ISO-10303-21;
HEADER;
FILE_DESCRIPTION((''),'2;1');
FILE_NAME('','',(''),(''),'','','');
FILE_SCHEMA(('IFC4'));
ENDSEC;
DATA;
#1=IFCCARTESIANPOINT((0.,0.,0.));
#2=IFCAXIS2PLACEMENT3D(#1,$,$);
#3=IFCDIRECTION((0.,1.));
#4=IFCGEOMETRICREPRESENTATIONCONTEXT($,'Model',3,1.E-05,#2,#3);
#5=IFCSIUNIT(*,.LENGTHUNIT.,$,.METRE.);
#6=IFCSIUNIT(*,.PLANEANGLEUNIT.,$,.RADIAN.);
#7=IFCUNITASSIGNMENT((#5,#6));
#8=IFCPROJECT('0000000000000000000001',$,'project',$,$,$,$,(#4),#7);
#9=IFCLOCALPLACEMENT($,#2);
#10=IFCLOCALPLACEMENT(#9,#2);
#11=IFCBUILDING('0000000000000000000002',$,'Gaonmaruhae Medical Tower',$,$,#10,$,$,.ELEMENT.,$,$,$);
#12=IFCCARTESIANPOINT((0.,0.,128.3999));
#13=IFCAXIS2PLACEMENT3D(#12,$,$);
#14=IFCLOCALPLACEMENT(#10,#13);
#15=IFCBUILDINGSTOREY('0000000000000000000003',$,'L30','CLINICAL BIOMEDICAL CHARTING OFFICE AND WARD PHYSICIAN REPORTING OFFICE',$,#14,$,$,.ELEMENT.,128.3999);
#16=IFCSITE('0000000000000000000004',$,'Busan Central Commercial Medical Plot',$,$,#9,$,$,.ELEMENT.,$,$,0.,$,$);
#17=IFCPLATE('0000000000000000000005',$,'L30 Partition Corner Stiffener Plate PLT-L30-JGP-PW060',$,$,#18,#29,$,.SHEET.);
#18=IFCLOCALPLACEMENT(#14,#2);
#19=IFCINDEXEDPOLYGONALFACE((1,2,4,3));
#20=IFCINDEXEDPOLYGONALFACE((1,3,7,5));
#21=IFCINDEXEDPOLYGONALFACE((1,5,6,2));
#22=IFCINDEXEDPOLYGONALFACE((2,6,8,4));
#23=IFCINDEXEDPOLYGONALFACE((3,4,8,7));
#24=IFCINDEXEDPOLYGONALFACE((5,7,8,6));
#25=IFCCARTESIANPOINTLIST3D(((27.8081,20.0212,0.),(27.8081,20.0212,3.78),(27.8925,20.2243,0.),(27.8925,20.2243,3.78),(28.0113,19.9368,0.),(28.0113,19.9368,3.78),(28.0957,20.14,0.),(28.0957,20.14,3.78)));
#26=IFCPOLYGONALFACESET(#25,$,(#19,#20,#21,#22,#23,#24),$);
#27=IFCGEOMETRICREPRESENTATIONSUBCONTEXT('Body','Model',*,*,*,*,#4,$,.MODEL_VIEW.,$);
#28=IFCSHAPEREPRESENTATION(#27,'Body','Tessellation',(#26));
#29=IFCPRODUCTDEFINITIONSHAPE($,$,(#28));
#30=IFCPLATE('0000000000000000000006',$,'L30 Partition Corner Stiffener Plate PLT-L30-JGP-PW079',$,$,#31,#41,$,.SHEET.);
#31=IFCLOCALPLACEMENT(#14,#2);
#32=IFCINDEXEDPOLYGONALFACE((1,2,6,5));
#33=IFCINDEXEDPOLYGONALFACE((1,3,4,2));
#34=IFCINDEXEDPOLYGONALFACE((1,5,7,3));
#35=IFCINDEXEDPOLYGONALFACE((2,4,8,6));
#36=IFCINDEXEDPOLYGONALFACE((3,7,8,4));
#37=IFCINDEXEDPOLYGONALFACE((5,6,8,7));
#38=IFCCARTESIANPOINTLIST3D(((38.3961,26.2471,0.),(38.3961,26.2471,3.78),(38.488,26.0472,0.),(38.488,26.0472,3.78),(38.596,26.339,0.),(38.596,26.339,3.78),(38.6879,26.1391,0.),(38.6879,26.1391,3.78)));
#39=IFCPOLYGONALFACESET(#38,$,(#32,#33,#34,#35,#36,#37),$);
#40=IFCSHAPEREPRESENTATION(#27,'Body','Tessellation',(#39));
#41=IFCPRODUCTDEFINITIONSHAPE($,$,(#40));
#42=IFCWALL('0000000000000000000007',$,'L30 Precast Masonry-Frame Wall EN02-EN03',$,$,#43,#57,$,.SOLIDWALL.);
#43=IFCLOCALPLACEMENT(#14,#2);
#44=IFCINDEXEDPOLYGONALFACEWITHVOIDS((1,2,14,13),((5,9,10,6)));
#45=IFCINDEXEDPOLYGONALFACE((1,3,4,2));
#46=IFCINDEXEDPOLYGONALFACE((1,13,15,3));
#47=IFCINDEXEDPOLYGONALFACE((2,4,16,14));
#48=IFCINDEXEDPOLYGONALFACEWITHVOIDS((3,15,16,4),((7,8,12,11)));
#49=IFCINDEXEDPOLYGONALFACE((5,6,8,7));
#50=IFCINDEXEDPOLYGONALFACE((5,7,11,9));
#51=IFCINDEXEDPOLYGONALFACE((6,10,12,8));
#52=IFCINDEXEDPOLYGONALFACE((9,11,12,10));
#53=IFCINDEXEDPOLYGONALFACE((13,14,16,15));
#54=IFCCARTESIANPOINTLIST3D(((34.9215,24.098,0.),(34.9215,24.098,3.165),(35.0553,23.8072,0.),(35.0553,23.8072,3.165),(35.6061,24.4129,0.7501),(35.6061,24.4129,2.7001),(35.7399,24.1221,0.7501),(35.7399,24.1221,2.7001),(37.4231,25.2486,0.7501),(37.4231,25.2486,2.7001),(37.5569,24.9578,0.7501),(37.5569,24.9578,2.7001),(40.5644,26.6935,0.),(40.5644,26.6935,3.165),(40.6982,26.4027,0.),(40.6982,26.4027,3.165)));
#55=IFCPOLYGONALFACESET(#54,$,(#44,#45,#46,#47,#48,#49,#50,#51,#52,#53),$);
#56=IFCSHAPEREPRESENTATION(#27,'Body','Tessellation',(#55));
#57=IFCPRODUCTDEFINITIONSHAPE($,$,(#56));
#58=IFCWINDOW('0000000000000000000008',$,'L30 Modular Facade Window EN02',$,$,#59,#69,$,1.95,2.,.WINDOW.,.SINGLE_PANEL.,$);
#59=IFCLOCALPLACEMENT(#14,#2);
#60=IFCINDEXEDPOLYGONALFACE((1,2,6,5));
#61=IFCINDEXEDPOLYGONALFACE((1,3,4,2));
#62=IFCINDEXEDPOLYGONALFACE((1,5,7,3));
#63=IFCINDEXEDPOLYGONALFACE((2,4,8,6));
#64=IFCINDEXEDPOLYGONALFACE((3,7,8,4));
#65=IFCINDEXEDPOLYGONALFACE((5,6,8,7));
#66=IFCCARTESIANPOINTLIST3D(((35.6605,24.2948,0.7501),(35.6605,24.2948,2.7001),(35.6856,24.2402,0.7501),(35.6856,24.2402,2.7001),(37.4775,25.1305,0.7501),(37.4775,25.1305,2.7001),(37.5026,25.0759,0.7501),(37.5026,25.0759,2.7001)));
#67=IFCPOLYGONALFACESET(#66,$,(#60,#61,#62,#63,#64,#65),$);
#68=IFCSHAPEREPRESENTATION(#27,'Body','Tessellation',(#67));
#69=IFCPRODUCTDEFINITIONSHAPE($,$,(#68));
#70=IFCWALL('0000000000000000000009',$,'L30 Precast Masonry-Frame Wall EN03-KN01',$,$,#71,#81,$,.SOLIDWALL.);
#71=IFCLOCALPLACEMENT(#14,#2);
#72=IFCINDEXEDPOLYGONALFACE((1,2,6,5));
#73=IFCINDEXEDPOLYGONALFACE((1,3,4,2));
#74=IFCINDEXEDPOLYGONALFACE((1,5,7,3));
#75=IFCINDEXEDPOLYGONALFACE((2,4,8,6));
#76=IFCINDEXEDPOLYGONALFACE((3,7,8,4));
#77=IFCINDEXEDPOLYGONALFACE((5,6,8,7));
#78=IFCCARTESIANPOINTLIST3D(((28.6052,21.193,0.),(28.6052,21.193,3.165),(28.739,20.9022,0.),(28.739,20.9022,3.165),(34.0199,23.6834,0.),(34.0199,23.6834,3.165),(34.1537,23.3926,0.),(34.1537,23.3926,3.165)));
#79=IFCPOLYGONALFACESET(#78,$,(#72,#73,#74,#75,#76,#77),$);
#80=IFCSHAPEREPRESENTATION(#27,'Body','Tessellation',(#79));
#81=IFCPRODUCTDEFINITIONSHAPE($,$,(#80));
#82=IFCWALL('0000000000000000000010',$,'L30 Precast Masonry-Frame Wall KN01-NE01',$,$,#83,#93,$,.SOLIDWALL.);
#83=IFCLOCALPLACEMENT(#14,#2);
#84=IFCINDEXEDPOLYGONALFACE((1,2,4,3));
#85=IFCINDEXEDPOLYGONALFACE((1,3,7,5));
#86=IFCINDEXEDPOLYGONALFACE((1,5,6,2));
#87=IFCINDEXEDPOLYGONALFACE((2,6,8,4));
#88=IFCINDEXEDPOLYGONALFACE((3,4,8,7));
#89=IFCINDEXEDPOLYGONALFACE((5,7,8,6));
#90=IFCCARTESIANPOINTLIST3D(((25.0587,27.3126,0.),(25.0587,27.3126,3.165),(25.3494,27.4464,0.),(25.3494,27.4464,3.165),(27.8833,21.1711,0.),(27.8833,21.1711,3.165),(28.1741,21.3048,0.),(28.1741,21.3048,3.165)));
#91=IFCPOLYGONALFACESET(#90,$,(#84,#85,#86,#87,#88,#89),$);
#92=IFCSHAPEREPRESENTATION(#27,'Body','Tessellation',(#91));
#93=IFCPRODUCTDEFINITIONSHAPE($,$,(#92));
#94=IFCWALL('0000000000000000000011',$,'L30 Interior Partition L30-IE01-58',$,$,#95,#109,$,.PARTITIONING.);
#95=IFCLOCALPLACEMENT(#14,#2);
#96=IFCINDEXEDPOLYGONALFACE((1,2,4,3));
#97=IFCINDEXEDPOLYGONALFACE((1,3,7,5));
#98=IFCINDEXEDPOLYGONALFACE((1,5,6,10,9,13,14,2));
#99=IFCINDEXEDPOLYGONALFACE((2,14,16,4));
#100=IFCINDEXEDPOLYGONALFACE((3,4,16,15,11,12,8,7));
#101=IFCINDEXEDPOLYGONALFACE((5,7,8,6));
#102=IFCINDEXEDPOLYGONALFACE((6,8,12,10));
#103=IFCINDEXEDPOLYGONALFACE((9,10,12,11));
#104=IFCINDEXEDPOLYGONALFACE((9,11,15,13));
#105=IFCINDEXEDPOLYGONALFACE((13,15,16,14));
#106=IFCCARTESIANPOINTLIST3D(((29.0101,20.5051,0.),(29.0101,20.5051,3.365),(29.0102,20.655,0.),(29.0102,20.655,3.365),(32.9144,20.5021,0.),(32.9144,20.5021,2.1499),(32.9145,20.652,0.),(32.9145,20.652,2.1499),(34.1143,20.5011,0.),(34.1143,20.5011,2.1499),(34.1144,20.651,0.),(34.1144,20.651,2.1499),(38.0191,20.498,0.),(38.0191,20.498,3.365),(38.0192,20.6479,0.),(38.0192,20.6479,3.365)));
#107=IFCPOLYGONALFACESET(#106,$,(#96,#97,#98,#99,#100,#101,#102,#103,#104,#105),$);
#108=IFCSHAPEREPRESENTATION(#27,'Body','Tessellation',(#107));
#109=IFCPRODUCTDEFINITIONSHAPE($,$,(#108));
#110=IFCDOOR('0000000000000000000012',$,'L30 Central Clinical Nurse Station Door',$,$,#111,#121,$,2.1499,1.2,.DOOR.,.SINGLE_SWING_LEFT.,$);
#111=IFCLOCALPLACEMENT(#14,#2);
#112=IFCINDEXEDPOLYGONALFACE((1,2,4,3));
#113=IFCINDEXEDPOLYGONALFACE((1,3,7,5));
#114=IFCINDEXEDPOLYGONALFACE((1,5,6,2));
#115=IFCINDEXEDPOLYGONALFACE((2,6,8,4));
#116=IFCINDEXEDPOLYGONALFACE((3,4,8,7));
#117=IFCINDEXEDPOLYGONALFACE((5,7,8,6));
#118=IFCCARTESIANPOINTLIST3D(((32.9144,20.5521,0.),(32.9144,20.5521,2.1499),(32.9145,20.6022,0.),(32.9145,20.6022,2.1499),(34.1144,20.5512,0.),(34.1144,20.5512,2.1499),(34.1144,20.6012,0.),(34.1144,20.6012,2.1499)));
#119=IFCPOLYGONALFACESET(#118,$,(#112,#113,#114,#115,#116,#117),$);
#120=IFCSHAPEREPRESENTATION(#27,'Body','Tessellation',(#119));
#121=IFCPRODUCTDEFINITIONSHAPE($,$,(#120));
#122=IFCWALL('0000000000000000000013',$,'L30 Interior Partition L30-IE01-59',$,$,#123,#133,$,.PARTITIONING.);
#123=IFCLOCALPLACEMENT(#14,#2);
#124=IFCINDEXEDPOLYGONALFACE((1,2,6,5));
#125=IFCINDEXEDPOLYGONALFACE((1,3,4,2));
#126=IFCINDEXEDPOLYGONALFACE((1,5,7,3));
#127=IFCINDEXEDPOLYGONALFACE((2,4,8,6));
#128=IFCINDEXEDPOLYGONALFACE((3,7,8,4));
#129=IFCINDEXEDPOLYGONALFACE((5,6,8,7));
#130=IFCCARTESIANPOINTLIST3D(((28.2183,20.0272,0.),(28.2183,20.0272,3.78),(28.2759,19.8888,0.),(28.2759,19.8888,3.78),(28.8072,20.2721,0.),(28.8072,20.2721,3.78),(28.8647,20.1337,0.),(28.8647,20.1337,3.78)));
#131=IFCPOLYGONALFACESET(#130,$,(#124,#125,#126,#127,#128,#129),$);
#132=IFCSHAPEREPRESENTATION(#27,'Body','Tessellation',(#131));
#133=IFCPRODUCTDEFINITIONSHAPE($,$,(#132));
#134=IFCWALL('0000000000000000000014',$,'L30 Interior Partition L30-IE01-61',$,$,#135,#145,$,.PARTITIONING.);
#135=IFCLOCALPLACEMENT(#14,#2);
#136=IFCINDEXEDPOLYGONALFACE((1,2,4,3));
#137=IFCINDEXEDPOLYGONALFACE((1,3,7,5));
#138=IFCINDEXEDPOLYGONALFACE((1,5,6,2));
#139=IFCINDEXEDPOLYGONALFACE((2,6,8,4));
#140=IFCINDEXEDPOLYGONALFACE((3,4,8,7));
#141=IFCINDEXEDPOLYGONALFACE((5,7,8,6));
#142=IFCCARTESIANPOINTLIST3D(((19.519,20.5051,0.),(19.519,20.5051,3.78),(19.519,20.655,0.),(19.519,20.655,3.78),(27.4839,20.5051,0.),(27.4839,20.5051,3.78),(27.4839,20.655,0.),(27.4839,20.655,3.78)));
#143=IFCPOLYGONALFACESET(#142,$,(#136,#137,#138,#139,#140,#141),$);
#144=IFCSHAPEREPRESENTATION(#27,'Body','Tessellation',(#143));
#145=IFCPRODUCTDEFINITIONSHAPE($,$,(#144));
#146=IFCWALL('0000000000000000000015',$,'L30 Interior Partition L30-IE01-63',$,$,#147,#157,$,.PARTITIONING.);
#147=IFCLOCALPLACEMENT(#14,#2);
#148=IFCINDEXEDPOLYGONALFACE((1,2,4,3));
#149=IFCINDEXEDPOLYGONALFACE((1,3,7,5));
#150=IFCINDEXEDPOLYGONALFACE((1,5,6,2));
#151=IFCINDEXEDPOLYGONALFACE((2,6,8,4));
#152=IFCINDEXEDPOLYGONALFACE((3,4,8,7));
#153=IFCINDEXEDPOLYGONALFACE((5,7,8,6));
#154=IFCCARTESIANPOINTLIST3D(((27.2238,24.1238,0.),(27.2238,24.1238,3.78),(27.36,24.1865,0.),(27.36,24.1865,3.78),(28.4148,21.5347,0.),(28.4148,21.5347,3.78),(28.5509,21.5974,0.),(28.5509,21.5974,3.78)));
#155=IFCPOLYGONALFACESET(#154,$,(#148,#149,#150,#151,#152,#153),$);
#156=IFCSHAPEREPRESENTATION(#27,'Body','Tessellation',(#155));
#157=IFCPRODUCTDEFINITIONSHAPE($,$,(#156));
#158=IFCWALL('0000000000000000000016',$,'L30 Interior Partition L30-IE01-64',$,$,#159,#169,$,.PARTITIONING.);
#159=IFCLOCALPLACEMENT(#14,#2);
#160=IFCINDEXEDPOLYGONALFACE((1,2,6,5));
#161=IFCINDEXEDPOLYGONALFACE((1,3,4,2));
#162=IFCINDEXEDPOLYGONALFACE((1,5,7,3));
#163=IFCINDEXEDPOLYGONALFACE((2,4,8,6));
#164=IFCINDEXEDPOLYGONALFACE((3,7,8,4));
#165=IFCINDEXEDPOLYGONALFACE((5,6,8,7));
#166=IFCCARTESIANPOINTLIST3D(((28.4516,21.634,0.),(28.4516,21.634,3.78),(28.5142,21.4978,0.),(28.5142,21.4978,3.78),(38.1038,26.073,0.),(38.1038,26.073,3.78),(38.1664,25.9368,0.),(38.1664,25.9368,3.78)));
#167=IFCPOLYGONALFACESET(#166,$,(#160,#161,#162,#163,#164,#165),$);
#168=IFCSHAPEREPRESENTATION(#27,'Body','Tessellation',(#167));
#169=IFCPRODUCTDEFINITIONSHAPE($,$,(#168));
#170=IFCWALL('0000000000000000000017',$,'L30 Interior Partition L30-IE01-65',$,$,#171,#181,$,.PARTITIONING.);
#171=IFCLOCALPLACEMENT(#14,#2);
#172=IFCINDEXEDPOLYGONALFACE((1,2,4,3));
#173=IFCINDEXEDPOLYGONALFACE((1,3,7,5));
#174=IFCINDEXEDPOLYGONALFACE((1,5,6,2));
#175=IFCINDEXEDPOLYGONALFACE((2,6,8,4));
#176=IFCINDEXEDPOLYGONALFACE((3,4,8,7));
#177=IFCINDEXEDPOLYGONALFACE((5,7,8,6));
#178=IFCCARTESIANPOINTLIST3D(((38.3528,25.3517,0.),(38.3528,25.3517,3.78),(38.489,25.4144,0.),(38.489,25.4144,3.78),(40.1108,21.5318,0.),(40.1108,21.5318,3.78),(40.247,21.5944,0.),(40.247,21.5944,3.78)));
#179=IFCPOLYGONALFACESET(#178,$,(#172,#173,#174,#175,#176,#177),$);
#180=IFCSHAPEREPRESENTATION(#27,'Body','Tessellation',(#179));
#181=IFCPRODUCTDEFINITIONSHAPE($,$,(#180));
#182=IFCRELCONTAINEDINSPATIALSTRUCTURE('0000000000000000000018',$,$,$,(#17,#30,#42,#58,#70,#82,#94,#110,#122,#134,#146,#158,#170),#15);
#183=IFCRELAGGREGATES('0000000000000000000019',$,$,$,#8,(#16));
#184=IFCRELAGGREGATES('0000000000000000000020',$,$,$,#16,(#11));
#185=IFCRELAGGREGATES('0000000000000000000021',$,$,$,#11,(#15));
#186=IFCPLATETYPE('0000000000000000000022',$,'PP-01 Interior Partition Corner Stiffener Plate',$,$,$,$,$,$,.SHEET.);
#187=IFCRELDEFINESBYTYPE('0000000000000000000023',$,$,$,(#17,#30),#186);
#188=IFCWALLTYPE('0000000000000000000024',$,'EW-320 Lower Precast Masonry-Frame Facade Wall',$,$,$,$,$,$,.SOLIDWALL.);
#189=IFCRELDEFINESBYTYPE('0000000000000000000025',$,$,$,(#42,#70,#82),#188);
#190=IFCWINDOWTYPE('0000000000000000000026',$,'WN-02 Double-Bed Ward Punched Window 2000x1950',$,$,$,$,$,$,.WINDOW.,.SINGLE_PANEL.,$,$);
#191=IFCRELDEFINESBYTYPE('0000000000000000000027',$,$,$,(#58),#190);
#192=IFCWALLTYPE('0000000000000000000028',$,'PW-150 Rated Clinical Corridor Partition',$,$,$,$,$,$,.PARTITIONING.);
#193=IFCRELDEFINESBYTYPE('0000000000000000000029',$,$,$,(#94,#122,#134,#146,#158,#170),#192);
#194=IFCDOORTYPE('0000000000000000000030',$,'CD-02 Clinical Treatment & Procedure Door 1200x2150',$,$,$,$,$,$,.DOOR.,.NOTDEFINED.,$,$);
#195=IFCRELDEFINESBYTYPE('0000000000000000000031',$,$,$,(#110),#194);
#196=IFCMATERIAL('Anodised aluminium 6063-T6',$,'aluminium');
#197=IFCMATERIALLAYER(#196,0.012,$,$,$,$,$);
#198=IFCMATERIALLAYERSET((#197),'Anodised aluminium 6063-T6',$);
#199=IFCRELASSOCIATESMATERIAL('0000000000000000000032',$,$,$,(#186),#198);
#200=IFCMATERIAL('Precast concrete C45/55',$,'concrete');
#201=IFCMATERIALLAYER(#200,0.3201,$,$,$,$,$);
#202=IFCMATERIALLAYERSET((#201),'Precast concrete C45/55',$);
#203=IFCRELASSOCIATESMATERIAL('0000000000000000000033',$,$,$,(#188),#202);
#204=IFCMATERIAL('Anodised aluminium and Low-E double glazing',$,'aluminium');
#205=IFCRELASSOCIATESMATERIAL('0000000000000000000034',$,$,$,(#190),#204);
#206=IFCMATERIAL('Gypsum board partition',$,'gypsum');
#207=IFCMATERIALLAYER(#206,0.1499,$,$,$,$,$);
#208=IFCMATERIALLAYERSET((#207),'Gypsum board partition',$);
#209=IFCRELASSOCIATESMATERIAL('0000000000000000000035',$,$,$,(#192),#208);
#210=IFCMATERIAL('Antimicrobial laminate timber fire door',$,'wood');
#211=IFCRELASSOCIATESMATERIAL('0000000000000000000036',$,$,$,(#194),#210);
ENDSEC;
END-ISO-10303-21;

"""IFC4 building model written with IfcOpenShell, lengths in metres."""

from ifc_helpers import new_model, si_unit, direction, frame, frame_2d, origin, origin_2d, place, context, subcontext, project, spatial, rectangle, extrude, material, layer, layer_set, type_object, element, fill, save


model = new_model("IFC4")

# Units and contexts
model_context = context("Model", 3, precision=1e-05, world=origin(), true_north=direction((0.0, 1.0)))
body_context = subcontext(model_context, "Body", "Model", "MODEL_VIEW")
ifc_project = project(units=[si_unit("LENGTHUNIT", "METRE"), si_unit("PLANEANGLEUNIT", "RADIAN")], contexts=[model_context])

# Site, building, storey
site_placement = place(None, origin())
site = spatial("IfcSite", under=ifc_project, at=site_placement, Name="Busan Central Commercial Medical Plot", CompositionType="ELEMENT", RefElevation=0.0)
building_placement = place(site_placement, origin())
building = spatial("IfcBuilding", under=site, at=building_placement, Name="Gaonmaruhae Medical Tower", CompositionType="ELEMENT")
storey_placement = place(building_placement, frame((0.0, 0.0, 128.3999)))
storey = spatial("IfcBuildingStorey", under=building, at=storey_placement, Name="L30", Description="CLINICAL BIOMEDICAL CHARTING OFFICE AND WARD PHYSICIAN REPORTING OFFICE", CompositionType="ELEMENT", Elevation=128.3999)

# Plates
ifc_material_1 = material(Name="Anodised aluminium 6063-T6", Category="aluminium")
ifc_layer_1 = layer(ifc_material_1, 0.012)
ifc_layer_set_1 = layer_set([ifc_layer_1], Name="Anodised aluminium 6063-T6")
plate_type = type_object("IfcPlateType", Name="PP-01 Interior Partition Corner Stiffener Plate", PredefinedType="SHEET", material=ifc_layer_set_1)
for number, where, z_axis, x_axis, name in (
    (1, (27.9519, 20.0806, 0.0), (0.0, 0.0, 1.0), (-0.923539, 0.383506, 0.0), "L30 Partition Corner Stiffener Plate PLT-L30-JGP-PW060"),
    (2, (38.542, 26.1931, 0.0), (0.0, 0.0, 1.0), (0.908581, 0.417709, 0.0), "L30 Partition Corner Stiffener Plate PLT-L30-JGP-PW079"),
):
    element("IfcPlate", number, at=place(storey_placement, frame(where, z_axis=z_axis, x_axis=x_axis)), inside=storey, type_object=plate_type, Name=name, PredefinedType="SHEET", context=body_context, shape_type="SweptSolid", body=[
        extrude(rectangle(XDim=0.22, YDim=0.22, at=origin_2d()), origin(), (0.0, 0.0, 1.0), 3.78),
    ])

# Wall, opening, window
ifc_material_2 = material(Name="Precast concrete C45/55", Category="concrete")
ifc_layer_2 = layer(ifc_material_2, 0.3201)
ifc_layer_set_2 = layer_set([ifc_layer_2], Name="Precast concrete C45/55")
wall_type_1 = type_object("IfcWallType", Name="EW-320 Lower Precast Masonry-Frame Facade Wall", PredefinedType="SOLIDWALL", material=ifc_layer_set_2)
wall_1_placement = place(storey_placement, frame((34.9885, 23.9526, 0.0), z_axis=(0.0, 0.0, 1.0), x_axis=(0.908505, 0.417874, 0.0)))
wall_1 = element("IfcWall", 3, at=wall_1_placement, inside=storey, type_object=wall_type_1, Name="L30 Precast Masonry-Frame Wall EN02-EN03", PredefinedType="SOLIDWALL", context=body_context, shape_type="SweptSolid", body=[
    extrude(rectangle(XDim=6.2112, YDim=0.3201, at=frame_2d((3.1055, 0.0))), origin(), (0.0, 0.0, 1.0), 3.165),
])
opening_1_placement = place(wall_1_placement, frame((0.7534, 0.0, 0.75)))
opening_1 = element("IfcOpeningElement", 4, at=opening_1_placement, cuts=wall_1, PredefinedType="OPENING", context=body_context, shape_type="SweptSolid", body=[
    extrude(rectangle(XDim=2.0, YDim=1.95, at=frame_2d((1.0, 0.9751))), frame((0.0, 0.1699, 0.0), z_axis=(0.0, -1.0, 0.0), x_axis=(1.0, 0.0, 0.0)), (0.0, 0.0, 1.0), 0.3401),
])
ifc_material_3 = material(Name="Anodised aluminium and Low-E double glazing", Category="aluminium")
window_type = type_object("IfcWindowType", Name="WN-02 Double-Bed Ward Punched Window 2000x1950", PartitioningType="SINGLE_PANEL", PredefinedType="WINDOW", material=ifc_material_3)
window_placement = place(opening_1_placement, origin())
window = element("IfcWindow", 5, at=window_placement, inside=storey, type_object=window_type, Name="L30 Modular Facade Window EN02", OverallHeight=1.95, OverallWidth=2.0, PartitioningType="SINGLE_PANEL", PredefinedType="WINDOW", context=body_context, shape_type="SweptSolid", body=[
    extrude(rectangle(XDim=2.0, YDim=1.95, at=frame_2d((1.0, 0.9751))), frame((0.0, 0.03, 0.0), z_axis=(0.0, -1.0, 0.0), x_axis=(1.0, 0.0, 0.0)), (0.0, 0.0, 1.0), 0.0601),
])
fill(opening_1, window)

# Walls
wall_2_placement = place(storey_placement, frame((28.6721, 21.0476, 0.0), z_axis=(0.0, 0.0, 1.0), x_axis=(0.908511, 0.41786, 0.0)))
element("IfcWall", 6, at=wall_2_placement, inside=storey, type_object=wall_type_1, Name="L30 Precast Masonry-Frame Wall EN03-KN01", PredefinedType="SOLIDWALL", context=body_context, shape_type="SweptSolid", body=[
    extrude(rectangle(XDim=5.96, YDim=0.3201, at=frame_2d((2.98, 0.0))), origin(), (0.0, 0.0, 1.0), 3.165),
])
wall_3_placement = place(storey_placement, frame((25.2041, 27.3794, 0.0), z_axis=(0.0, 0.0, 1.0), x_axis=(0.417853, -0.908515, 0.0)))
element("IfcWall", 7, at=wall_3_placement, inside=storey, type_object=wall_type_1, Name="L30 Precast Masonry-Frame Wall KN01-NE01", PredefinedType="SOLIDWALL", context=body_context, shape_type="SweptSolid", body=[
    extrude(rectangle(XDim=6.76, YDim=0.3201, at=frame_2d((3.3799, 0.0))), origin(), (0.0, 0.0, 1.0), 3.165),
])

# Wall, opening, door
ifc_material_4 = material(Name="Gypsum board partition", Category="gypsum")
ifc_layer_3 = layer(ifc_material_4, 0.1499)
ifc_layer_set_3 = layer_set([ifc_layer_3], Name="Gypsum board partition")
wall_type_2 = type_object("IfcWallType", Name="PW-150 Rated Clinical Corridor Partition", PredefinedType="PARTITIONING", material=ifc_layer_set_3)
wall_4_placement = place(storey_placement, frame((38.019, 20.573, 0.0), z_axis=(0.0, 0.0, 1.0), x_axis=(-1.0, 0.000786, 0.0)))
wall_4 = element("IfcWall", 8, at=wall_4_placement, inside=storey, type_object=wall_type_2, Name="L30 Interior Partition L30-IE01-58", PredefinedType="PARTITIONING", context=body_context, shape_type="SweptSolid", body=[
    extrude(rectangle(XDim=9.009, YDim=0.1499, at=frame_2d((4.5044, 0.0))), origin(), (0.0, 0.0, 1.0), 3.365),
])
opening_2_placement = place(wall_4_placement, frame((3.9045, 0.0, 0.0)))
opening_2 = element("IfcOpeningElement", 9, at=opening_2_placement, cuts=wall_4, PredefinedType="OPENING", context=body_context, shape_type="SweptSolid", body=[
    extrude(rectangle(XDim=1.2, YDim=2.1499, at=frame_2d((0.6001, 1.075))), frame((0.0, 0.085, 0.0), z_axis=(0.0, -1.0, 0.0), x_axis=(1.0, 0.0, 0.0)), (0.0, 0.0, 1.0), 0.1699),
])
ifc_material_5 = material(Name="Antimicrobial laminate timber fire door", Category="wood")
door_type = type_object("IfcDoorType", Name="CD-02 Clinical Treatment & Procedure Door 1200x2150", OperationType="NOTDEFINED", PredefinedType="DOOR", material=ifc_material_5)
door_placement = place(opening_2_placement, origin())
door = element("IfcDoor", 10, at=door_placement, inside=storey, type_object=door_type, Name="L30 Central Clinical Nurse Station Door", OperationType="SINGLE_SWING_LEFT", OverallHeight=2.1499, OverallWidth=1.2, PredefinedType="DOOR", context=body_context, shape_type="SweptSolid", body=[
    extrude(rectangle(XDim=1.2, YDim=2.1499, at=frame_2d((0.6001, 1.075))), frame((0.0, 0.0249, 0.0), z_axis=(0.0, -1.0, 0.0), x_axis=(1.0, 0.0, 0.0)), (0.0, 0.0, 1.0), 0.05),
])
fill(opening_2, door)

# Walls
wall_5_placement = place(storey_placement, frame((28.8359, 20.2029, 0.0), z_axis=(0.0, 0.0, 1.0), x_axis=(-0.923349, -0.383963, 0.0)))
element("IfcWall", 11, at=wall_5_placement, inside=storey, type_object=wall_type_2, Name="L30 Interior Partition L30-IE01-59", PredefinedType="PARTITIONING", context=body_context, shape_type="SweptSolid", body=[
    extrude(rectangle(XDim=0.6377, YDim=0.1499, at=frame_2d((0.3188, 0.0))), origin(), (0.0, 0.0, 1.0), 3.78),
])
wall_6_placement = place(storey_placement, frame((27.4839, 20.5801, 0.0), z_axis=(0.0, 0.0, 1.0), x_axis=(-1.0, 0.0, 0.0)))
element("IfcWall", 12, at=wall_6_placement, inside=storey, type_object=wall_type_2, Name="L30 Interior Partition L30-IE01-61", PredefinedType="PARTITIONING", context=body_context, shape_type="SweptSolid", body=[
    extrude(rectangle(XDim=7.9648, YDim=0.1499, at=frame_2d((3.9824, 0.0))), origin(), (0.0, 0.0, 1.0), 3.78),
])
wall_7_placement = place(storey_placement, frame((27.292, 24.155, 0.0), z_axis=(0.0, 0.0, 1.0), x_axis=(0.417884, -0.9085, 0.0)))
element("IfcWall", 13, at=wall_7_placement, inside=storey, type_object=wall_type_2, Name="L30 Interior Partition L30-IE01-63", PredefinedType="PARTITIONING", context=body_context, shape_type="SweptSolid", body=[
    extrude(rectangle(XDim=2.8499, YDim=0.1499, at=frame_2d((1.4248, 0.0))), origin(), (0.0, 0.0, 1.0), 3.78),
])
wall_8_placement = place(storey_placement, frame((28.4829, 21.5659, 0.0), z_axis=(0.0, 0.0, 1.0), x_axis=(0.908526, 0.417828, 0.0)))
element("IfcWall", 14, at=wall_8_placement, inside=storey, type_object=wall_type_2, Name="L30 Interior Partition L30-IE01-64", PredefinedType="PARTITIONING", context=body_context, shape_type="SweptSolid", body=[
    extrude(rectangle(XDim=10.624, YDim=0.1499, at=frame_2d((5.312, 0.0))), origin(), (0.0, 0.0, 1.0), 3.78),
])
wall_9_placement = place(storey_placement, frame((38.4209, 25.3831, 0.0), z_axis=(0.0, 0.0, 1.0), x_axis=(0.418068, -0.908416, 0.0)))
element("IfcWall", 15, at=wall_9_placement, inside=storey, type_object=wall_type_2, Name="L30 Interior Partition L30-IE01-65", PredefinedType="PARTITIONING", context=body_context, shape_type="SweptSolid", body=[
    extrude(rectangle(XDim=4.2051, YDim=0.1499, at=frame_2d((2.1025, 0.0))), origin(), (0.0, 0.0, 1.0), 3.78),
])

save(model, "model.ifc")
